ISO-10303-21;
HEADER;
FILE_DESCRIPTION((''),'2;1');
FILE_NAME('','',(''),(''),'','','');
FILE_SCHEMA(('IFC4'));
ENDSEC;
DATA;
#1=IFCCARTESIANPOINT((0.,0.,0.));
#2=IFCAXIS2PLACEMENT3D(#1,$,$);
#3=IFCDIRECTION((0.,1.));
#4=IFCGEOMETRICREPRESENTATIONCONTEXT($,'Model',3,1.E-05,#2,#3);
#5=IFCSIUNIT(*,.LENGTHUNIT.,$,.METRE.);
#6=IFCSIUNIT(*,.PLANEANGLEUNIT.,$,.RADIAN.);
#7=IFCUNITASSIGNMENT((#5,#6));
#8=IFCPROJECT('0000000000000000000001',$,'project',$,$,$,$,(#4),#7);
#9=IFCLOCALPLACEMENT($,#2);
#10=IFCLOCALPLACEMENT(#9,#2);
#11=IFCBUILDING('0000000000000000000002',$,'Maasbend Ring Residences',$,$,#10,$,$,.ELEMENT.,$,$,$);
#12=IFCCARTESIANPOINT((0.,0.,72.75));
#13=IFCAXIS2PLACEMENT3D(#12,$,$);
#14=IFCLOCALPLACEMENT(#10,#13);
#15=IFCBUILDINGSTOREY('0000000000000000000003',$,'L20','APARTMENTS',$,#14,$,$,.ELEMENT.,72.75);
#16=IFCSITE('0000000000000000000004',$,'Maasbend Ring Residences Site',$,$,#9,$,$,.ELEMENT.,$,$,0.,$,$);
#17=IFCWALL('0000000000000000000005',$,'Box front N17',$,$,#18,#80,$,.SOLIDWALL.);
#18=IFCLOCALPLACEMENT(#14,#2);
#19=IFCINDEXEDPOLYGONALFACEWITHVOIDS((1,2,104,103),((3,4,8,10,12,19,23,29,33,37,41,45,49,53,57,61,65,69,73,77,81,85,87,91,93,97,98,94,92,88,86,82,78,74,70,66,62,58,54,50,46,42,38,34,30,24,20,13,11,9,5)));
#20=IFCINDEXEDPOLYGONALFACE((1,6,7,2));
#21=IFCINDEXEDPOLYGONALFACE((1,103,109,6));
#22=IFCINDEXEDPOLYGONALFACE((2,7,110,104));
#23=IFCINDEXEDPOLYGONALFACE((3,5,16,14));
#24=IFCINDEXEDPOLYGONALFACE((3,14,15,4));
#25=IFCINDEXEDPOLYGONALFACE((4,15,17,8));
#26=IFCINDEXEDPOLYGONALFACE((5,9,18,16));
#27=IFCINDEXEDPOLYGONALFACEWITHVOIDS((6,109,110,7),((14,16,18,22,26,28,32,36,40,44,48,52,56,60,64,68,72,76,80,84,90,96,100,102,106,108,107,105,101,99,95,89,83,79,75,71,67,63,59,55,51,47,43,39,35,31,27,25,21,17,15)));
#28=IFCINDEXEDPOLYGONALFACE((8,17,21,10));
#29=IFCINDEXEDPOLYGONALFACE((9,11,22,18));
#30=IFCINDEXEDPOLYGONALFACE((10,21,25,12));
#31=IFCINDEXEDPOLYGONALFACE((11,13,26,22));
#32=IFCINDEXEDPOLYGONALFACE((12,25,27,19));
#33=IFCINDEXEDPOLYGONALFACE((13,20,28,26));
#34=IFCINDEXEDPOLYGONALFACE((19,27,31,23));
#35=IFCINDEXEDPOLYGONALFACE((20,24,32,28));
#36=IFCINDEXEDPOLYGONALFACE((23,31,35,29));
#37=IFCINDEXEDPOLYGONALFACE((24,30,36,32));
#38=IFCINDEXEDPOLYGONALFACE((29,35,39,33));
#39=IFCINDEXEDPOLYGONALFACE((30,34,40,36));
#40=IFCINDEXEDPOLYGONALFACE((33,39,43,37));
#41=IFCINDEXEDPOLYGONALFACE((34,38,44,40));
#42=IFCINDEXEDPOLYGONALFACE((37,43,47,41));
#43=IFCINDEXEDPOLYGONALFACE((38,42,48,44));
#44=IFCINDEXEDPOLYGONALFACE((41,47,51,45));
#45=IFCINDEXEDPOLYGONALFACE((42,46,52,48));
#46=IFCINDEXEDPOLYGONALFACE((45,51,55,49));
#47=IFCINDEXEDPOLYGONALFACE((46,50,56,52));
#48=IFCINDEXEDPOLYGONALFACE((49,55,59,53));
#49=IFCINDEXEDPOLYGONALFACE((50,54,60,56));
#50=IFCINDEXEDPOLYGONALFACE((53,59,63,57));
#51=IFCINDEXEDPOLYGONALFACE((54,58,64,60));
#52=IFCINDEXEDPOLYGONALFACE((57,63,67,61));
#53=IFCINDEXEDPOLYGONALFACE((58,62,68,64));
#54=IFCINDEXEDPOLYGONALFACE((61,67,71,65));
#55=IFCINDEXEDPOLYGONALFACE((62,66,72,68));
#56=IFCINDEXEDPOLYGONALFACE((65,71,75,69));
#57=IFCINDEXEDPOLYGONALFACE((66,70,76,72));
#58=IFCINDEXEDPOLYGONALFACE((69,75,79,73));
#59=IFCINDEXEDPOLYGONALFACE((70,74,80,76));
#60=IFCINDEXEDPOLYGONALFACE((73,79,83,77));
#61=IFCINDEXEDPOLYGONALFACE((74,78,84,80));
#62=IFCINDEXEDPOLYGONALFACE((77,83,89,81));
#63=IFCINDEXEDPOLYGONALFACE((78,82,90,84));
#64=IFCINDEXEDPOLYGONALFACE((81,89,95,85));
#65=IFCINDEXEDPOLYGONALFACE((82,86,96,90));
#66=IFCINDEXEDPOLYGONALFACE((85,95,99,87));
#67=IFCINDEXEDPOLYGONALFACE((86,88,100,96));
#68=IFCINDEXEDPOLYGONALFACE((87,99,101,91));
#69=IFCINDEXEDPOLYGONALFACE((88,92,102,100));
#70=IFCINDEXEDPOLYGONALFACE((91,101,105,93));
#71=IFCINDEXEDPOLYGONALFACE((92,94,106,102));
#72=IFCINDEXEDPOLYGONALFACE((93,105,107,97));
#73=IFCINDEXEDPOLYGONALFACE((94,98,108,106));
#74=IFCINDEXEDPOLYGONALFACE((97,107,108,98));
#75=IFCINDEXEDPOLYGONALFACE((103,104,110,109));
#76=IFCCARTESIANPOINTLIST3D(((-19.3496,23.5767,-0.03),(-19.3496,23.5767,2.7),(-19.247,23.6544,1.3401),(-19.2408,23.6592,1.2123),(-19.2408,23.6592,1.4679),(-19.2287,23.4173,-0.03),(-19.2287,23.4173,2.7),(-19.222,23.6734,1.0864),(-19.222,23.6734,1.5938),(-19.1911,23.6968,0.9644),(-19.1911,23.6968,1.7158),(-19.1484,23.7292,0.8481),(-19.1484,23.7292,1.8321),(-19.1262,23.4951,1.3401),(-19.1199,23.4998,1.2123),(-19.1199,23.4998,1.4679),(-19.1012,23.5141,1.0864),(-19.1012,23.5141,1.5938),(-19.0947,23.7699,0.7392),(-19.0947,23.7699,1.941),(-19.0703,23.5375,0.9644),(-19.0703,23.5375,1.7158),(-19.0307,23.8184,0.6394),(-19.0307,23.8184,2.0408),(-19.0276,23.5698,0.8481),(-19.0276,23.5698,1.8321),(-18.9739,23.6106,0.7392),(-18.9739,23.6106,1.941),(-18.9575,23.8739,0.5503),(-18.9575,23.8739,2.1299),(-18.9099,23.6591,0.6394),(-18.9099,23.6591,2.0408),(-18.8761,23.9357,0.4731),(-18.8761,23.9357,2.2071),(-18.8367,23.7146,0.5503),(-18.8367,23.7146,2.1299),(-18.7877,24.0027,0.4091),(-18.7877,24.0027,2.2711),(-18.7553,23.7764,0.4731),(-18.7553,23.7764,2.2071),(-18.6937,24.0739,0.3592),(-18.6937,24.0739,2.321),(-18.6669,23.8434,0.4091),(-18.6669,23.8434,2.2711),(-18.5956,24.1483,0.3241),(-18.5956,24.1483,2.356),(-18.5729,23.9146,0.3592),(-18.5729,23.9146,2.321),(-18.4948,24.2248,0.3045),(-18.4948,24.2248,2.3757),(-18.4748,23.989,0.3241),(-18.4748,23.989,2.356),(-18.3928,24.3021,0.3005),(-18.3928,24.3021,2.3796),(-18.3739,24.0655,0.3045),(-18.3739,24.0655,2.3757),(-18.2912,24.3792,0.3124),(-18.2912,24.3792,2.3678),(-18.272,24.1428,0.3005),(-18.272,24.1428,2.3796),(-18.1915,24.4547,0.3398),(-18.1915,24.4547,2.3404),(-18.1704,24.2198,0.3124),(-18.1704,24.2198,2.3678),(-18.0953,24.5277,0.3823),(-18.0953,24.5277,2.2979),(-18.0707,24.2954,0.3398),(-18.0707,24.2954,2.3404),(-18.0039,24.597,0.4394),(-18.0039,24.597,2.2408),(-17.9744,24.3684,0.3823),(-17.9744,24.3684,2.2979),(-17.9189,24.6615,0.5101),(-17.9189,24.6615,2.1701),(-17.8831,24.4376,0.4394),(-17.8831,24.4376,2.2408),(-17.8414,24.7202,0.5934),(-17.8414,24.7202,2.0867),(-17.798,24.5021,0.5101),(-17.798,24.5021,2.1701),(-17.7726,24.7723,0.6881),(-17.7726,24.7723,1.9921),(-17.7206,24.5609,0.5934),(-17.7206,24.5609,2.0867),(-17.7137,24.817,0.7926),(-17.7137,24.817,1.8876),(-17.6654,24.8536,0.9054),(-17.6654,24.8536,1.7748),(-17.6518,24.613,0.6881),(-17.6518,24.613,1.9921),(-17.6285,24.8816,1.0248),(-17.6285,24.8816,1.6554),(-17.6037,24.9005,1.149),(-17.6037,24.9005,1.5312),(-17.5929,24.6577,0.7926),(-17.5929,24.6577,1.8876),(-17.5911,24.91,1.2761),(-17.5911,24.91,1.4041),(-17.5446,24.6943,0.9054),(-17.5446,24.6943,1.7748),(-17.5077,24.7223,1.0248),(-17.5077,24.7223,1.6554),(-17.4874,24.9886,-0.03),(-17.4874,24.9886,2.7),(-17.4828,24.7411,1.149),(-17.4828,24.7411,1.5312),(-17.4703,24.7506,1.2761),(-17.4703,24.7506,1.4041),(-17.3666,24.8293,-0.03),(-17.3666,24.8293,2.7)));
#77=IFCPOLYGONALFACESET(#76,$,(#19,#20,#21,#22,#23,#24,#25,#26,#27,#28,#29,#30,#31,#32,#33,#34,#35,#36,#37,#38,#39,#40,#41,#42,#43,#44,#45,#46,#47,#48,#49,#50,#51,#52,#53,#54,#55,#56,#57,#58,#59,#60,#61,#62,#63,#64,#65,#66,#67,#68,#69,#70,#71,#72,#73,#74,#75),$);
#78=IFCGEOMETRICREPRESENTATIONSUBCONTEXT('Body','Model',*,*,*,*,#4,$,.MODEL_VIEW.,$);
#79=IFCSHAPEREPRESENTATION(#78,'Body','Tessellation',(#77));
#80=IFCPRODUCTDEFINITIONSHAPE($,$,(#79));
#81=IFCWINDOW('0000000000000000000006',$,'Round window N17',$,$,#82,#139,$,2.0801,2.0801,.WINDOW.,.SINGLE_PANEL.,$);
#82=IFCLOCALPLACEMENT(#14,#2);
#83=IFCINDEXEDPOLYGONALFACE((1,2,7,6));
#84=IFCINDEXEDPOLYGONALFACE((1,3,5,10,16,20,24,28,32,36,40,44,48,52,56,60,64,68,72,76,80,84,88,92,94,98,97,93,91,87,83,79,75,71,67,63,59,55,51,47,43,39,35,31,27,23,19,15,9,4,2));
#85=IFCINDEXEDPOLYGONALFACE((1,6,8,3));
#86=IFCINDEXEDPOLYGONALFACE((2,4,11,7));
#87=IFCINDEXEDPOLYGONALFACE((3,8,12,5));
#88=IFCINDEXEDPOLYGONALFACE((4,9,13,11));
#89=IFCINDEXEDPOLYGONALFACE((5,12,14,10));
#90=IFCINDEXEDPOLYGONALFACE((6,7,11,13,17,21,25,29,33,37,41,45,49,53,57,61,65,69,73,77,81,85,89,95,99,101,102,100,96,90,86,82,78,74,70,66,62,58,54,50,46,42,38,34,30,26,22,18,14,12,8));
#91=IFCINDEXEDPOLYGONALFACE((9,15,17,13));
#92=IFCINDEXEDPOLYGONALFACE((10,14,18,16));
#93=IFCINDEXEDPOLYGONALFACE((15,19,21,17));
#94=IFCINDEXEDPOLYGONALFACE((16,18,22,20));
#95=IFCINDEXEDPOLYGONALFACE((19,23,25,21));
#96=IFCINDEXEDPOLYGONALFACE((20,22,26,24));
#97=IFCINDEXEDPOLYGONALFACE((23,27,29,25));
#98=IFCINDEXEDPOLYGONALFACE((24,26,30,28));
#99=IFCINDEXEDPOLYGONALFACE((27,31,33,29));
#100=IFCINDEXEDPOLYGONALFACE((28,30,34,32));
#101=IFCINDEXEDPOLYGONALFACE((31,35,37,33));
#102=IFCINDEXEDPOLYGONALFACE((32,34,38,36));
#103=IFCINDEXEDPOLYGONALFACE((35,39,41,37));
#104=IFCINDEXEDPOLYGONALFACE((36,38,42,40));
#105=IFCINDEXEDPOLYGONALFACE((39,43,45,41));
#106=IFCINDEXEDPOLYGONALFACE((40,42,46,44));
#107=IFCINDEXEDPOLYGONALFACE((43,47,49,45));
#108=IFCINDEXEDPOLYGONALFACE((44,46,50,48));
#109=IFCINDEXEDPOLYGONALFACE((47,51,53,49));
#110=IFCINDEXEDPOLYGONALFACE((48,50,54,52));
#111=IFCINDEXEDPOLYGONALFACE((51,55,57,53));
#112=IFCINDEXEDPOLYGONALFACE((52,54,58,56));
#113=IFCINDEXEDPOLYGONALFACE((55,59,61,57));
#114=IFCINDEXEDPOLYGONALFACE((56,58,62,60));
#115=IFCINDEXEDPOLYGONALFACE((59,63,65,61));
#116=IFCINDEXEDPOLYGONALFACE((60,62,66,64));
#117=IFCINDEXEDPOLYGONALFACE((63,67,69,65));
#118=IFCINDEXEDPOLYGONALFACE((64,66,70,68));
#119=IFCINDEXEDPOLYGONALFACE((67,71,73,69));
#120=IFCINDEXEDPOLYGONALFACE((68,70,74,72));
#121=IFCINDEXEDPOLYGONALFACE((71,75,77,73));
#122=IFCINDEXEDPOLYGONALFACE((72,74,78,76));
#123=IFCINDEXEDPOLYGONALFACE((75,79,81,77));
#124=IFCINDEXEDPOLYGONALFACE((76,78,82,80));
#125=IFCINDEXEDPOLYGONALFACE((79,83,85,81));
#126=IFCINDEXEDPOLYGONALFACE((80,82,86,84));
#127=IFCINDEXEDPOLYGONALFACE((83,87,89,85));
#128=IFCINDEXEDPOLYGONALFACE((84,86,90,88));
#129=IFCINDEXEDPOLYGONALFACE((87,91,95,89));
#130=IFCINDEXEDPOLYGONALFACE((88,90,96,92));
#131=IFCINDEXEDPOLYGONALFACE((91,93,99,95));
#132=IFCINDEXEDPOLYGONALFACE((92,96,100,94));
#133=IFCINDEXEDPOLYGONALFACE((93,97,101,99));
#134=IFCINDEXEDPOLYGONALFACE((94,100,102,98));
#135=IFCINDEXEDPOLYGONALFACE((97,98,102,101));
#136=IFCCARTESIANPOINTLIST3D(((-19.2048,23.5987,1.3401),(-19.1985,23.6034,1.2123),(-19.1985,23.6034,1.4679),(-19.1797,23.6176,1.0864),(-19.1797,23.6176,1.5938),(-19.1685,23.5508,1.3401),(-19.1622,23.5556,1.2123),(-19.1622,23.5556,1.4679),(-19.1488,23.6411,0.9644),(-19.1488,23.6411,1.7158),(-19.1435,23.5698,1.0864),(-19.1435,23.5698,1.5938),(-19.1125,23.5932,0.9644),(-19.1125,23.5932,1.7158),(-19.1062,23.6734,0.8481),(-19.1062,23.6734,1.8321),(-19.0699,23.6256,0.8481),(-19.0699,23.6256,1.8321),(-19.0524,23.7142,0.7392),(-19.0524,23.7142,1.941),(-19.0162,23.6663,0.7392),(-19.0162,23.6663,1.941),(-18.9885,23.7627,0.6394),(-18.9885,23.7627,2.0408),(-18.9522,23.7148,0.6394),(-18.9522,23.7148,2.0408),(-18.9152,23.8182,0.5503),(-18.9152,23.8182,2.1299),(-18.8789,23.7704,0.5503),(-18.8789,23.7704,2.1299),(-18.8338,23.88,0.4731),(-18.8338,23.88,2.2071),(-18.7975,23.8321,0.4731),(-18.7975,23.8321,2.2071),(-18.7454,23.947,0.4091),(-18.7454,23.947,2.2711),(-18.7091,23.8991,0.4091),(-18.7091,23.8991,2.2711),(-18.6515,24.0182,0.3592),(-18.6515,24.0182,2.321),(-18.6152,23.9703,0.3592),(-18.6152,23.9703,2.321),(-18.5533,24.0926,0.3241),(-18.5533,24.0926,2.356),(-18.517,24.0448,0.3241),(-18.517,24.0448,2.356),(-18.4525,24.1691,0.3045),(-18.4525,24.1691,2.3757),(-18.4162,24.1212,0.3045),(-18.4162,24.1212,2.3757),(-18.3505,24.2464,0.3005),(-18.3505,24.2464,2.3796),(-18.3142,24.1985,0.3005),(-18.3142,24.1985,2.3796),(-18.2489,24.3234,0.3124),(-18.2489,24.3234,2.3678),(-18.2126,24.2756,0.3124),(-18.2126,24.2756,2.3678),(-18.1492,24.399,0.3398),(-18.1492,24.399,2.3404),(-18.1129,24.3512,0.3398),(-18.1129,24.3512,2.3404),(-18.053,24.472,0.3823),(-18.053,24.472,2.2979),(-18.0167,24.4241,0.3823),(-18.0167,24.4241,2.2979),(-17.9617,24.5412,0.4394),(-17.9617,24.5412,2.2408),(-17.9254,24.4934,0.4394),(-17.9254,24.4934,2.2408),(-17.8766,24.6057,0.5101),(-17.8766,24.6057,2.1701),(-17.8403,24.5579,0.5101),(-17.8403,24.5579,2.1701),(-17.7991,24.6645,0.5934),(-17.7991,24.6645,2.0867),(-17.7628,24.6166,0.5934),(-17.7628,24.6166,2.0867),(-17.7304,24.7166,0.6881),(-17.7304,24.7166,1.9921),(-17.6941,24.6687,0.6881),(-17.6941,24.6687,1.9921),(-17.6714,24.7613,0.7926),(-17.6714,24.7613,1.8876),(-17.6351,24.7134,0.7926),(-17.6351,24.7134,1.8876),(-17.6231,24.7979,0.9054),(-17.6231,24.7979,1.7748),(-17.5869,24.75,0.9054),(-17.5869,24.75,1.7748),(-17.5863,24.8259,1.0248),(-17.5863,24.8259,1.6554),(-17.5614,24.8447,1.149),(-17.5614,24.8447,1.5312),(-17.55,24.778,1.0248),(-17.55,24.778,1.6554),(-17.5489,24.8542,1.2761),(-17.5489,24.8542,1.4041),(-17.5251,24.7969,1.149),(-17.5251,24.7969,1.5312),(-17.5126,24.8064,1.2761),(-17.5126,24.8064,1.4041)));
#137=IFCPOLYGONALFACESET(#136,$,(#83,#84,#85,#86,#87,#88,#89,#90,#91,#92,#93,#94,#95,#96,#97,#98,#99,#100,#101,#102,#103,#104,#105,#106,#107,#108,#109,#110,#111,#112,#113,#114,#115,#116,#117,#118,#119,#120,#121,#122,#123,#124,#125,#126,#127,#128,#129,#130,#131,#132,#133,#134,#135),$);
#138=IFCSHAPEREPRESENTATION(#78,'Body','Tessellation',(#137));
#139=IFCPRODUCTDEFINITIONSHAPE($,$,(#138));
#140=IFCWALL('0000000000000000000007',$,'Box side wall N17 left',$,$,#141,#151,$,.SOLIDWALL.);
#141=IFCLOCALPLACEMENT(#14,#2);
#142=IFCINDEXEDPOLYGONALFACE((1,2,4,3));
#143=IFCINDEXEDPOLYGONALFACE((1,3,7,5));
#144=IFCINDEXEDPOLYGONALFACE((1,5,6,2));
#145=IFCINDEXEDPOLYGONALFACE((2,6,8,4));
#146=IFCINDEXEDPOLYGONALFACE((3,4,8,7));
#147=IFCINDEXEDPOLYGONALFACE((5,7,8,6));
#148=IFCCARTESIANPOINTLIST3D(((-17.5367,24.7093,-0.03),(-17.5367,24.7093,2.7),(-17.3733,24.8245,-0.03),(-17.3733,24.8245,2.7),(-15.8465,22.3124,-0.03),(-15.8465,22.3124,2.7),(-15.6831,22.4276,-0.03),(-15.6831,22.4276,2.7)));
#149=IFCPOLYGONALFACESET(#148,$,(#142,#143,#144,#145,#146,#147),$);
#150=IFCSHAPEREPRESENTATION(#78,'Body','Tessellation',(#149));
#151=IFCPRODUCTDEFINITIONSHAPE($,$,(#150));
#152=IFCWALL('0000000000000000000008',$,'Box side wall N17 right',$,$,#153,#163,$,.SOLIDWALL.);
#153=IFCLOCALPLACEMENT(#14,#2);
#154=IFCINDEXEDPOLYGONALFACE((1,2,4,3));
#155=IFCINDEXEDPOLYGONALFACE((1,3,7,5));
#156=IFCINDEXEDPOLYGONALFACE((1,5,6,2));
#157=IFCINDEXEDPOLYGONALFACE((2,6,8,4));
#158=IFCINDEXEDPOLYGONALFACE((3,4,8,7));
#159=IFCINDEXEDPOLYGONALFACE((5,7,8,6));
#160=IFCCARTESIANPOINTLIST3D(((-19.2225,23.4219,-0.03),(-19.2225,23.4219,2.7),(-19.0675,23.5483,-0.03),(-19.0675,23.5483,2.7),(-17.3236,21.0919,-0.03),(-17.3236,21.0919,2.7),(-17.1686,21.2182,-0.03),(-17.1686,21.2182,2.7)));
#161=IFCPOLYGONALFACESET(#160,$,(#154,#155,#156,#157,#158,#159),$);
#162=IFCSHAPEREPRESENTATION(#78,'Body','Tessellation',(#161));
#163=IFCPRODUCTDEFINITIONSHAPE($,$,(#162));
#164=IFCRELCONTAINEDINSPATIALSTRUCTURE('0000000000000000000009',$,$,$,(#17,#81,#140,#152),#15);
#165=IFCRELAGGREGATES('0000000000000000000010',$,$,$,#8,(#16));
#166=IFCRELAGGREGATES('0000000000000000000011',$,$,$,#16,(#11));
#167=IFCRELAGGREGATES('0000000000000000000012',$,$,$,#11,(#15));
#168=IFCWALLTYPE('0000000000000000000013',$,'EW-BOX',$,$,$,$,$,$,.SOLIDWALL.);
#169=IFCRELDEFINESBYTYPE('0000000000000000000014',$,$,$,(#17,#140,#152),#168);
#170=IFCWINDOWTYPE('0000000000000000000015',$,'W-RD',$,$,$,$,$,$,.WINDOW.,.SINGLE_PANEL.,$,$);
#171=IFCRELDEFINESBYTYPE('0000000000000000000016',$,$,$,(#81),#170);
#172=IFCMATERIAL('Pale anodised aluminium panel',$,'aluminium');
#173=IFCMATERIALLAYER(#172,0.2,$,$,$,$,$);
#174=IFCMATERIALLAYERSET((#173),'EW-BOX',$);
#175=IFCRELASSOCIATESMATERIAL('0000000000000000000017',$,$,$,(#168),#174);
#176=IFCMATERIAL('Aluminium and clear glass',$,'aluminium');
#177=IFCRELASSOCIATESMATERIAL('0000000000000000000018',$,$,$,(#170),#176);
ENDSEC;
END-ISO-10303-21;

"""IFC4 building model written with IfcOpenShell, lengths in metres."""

from ifc_helpers import new_model, si_unit, direction, frame, frame_2d, origin, place, context, subcontext, project, spatial, rectangle, circle, extrude, material, layer, layer_set, type_object, element, fill, save


model = new_model("IFC4")

# Units and contexts
model_context = context("Model", 3, precision=1e-05, world=origin(), true_north=direction((0.0, 1.0)))
body_context = subcontext(model_context, "Body", "Model", "MODEL_VIEW")
ifc_project = project(units=[si_unit("LENGTHUNIT", "METRE"), si_unit("PLANEANGLEUNIT", "RADIAN")], contexts=[model_context])

# Site, building, storey
site_placement = place(None, origin())
site = spatial("IfcSite", under=ifc_project, at=site_placement, Name="Maasbend Ring Residences Site", CompositionType="ELEMENT", RefElevation=0.0)
building_placement = place(site_placement, origin())
building = spatial("IfcBuilding", under=site, at=building_placement, Name="Maasbend Ring Residences", CompositionType="ELEMENT")
storey_placement = place(building_placement, frame((0.0, 0.0, 72.75)))
storey = spatial("IfcBuildingStorey", under=building, at=storey_placement, Name="L20", Description="APARTMENTS", CompositionType="ELEMENT", Elevation=72.75)

# Shared definitions
ifc_material_1 = material(Name="Pale anodised aluminium panel", Category="aluminium")
ifc_layer_1 = layer(ifc_material_1, 0.2)
ifc_layer_set_1 = layer_set([ifc_layer_1], Name="EW-BOX")
wall_type_1 = type_object("IfcWallType", Name="EW-BOX", PredefinedType="SOLIDWALL", material=ifc_layer_set_1)
ifc_material_2 = material(Name="Aluminium and clear glass", Category="aluminium")
window_type_1 = type_object("IfcWindowType", Name="W-RD", PartitioningType="SINGLE_PANEL", PredefinedType="WINDOW", material=ifc_material_2)

# Wall, opening, window
wall_1_placement = place(storey_placement, frame((-17.427, 24.9089, -0.03), z_axis=(0.0, 0.0, 1.0), x_axis=(-0.796842, -0.604188, 0.0)))
wall_1 = element("IfcWall", 1, at=wall_1_placement, inside=storey, type_object=wall_type_1, Name="Box front N17", PredefinedType="SOLIDWALL", context=body_context, shape_type="SweptSolid", body=[
    extrude(rectangle(XDim=2.3369, YDim=0.2, at=frame_2d((1.1685, 0.0))), origin(), (0.0, 0.0, 1.0), 2.73),
])
opening_1_placement = place(wall_1_placement, frame((0.1282, 0.0, 0.3301)))
opening_1 = element("IfcOpeningElement", 2, at=opening_1_placement, cuts=wall_1, PredefinedType="OPENING", context=body_context, shape_type="SweptSolid", body=[
    extrude(circle(Radius=1.04, at=frame_2d((1.04, 1.04))), frame((0.0, 0.1099, 0.0), z_axis=(0.0, -1.0, 0.0), x_axis=(1.0, 0.0, 0.0)), (0.0, 0.0, 1.0), 0.22),
])
window_1_placement = place(opening_1_placement, origin())
window_1 = element("IfcWindow", 3, at=window_1_placement, inside=storey, type_object=window_type_1, Name="Round window N17", OverallHeight=2.0801, OverallWidth=2.0801, PartitioningType="SINGLE_PANEL", PredefinedType="WINDOW", context=body_context, shape_type="SweptSolid", body=[
    extrude(circle(Radius=1.04, at=frame_2d((1.04, 1.04))), frame((0.0, 0.03, 0.0), z_axis=(0.0, -1.0, 0.0), x_axis=(1.0, 0.0, 0.0)), (0.0, 0.0, 1.0), 0.0601),
])
fill(opening_1, window_1)

# Walls
wall_2_placement = place(storey_placement, frame((-15.7649, 22.3701, -0.03), z_axis=(0.0, 0.0, 1.0), x_axis=(-0.576275, 0.817256, 0.0)))
element("IfcWall", 4, at=wall_2_placement, inside=storey, type_object=wall_type_1, Name="Box side wall N17 left", PredefinedType="SOLIDWALL", context=body_context, shape_type="SweptSolid", body=[
    extrude(rectangle(XDim=2.9329, YDim=0.2, at=frame_2d((1.4663, 0.0))), origin(), (0.0, 0.0, 1.0), 2.73),
])
wall_3_placement = place(storey_placement, frame((-17.2461, 21.155, -0.03), z_axis=(0.0, 0.0, 1.0), x_axis=(-0.631742, 0.775179, 0.0)))
element("IfcWall", 5, at=wall_3_placement, inside=storey, type_object=wall_type_1, Name="Box side wall N17 right", PredefinedType="SOLIDWALL", context=body_context, shape_type="SweptSolid", body=[
    extrude(rectangle(XDim=3.0059, YDim=0.2, at=frame_2d((1.5029, 0.0))), origin(), (0.0, 0.0, 1.0), 2.73),
])

save(model, "model.ifc")
